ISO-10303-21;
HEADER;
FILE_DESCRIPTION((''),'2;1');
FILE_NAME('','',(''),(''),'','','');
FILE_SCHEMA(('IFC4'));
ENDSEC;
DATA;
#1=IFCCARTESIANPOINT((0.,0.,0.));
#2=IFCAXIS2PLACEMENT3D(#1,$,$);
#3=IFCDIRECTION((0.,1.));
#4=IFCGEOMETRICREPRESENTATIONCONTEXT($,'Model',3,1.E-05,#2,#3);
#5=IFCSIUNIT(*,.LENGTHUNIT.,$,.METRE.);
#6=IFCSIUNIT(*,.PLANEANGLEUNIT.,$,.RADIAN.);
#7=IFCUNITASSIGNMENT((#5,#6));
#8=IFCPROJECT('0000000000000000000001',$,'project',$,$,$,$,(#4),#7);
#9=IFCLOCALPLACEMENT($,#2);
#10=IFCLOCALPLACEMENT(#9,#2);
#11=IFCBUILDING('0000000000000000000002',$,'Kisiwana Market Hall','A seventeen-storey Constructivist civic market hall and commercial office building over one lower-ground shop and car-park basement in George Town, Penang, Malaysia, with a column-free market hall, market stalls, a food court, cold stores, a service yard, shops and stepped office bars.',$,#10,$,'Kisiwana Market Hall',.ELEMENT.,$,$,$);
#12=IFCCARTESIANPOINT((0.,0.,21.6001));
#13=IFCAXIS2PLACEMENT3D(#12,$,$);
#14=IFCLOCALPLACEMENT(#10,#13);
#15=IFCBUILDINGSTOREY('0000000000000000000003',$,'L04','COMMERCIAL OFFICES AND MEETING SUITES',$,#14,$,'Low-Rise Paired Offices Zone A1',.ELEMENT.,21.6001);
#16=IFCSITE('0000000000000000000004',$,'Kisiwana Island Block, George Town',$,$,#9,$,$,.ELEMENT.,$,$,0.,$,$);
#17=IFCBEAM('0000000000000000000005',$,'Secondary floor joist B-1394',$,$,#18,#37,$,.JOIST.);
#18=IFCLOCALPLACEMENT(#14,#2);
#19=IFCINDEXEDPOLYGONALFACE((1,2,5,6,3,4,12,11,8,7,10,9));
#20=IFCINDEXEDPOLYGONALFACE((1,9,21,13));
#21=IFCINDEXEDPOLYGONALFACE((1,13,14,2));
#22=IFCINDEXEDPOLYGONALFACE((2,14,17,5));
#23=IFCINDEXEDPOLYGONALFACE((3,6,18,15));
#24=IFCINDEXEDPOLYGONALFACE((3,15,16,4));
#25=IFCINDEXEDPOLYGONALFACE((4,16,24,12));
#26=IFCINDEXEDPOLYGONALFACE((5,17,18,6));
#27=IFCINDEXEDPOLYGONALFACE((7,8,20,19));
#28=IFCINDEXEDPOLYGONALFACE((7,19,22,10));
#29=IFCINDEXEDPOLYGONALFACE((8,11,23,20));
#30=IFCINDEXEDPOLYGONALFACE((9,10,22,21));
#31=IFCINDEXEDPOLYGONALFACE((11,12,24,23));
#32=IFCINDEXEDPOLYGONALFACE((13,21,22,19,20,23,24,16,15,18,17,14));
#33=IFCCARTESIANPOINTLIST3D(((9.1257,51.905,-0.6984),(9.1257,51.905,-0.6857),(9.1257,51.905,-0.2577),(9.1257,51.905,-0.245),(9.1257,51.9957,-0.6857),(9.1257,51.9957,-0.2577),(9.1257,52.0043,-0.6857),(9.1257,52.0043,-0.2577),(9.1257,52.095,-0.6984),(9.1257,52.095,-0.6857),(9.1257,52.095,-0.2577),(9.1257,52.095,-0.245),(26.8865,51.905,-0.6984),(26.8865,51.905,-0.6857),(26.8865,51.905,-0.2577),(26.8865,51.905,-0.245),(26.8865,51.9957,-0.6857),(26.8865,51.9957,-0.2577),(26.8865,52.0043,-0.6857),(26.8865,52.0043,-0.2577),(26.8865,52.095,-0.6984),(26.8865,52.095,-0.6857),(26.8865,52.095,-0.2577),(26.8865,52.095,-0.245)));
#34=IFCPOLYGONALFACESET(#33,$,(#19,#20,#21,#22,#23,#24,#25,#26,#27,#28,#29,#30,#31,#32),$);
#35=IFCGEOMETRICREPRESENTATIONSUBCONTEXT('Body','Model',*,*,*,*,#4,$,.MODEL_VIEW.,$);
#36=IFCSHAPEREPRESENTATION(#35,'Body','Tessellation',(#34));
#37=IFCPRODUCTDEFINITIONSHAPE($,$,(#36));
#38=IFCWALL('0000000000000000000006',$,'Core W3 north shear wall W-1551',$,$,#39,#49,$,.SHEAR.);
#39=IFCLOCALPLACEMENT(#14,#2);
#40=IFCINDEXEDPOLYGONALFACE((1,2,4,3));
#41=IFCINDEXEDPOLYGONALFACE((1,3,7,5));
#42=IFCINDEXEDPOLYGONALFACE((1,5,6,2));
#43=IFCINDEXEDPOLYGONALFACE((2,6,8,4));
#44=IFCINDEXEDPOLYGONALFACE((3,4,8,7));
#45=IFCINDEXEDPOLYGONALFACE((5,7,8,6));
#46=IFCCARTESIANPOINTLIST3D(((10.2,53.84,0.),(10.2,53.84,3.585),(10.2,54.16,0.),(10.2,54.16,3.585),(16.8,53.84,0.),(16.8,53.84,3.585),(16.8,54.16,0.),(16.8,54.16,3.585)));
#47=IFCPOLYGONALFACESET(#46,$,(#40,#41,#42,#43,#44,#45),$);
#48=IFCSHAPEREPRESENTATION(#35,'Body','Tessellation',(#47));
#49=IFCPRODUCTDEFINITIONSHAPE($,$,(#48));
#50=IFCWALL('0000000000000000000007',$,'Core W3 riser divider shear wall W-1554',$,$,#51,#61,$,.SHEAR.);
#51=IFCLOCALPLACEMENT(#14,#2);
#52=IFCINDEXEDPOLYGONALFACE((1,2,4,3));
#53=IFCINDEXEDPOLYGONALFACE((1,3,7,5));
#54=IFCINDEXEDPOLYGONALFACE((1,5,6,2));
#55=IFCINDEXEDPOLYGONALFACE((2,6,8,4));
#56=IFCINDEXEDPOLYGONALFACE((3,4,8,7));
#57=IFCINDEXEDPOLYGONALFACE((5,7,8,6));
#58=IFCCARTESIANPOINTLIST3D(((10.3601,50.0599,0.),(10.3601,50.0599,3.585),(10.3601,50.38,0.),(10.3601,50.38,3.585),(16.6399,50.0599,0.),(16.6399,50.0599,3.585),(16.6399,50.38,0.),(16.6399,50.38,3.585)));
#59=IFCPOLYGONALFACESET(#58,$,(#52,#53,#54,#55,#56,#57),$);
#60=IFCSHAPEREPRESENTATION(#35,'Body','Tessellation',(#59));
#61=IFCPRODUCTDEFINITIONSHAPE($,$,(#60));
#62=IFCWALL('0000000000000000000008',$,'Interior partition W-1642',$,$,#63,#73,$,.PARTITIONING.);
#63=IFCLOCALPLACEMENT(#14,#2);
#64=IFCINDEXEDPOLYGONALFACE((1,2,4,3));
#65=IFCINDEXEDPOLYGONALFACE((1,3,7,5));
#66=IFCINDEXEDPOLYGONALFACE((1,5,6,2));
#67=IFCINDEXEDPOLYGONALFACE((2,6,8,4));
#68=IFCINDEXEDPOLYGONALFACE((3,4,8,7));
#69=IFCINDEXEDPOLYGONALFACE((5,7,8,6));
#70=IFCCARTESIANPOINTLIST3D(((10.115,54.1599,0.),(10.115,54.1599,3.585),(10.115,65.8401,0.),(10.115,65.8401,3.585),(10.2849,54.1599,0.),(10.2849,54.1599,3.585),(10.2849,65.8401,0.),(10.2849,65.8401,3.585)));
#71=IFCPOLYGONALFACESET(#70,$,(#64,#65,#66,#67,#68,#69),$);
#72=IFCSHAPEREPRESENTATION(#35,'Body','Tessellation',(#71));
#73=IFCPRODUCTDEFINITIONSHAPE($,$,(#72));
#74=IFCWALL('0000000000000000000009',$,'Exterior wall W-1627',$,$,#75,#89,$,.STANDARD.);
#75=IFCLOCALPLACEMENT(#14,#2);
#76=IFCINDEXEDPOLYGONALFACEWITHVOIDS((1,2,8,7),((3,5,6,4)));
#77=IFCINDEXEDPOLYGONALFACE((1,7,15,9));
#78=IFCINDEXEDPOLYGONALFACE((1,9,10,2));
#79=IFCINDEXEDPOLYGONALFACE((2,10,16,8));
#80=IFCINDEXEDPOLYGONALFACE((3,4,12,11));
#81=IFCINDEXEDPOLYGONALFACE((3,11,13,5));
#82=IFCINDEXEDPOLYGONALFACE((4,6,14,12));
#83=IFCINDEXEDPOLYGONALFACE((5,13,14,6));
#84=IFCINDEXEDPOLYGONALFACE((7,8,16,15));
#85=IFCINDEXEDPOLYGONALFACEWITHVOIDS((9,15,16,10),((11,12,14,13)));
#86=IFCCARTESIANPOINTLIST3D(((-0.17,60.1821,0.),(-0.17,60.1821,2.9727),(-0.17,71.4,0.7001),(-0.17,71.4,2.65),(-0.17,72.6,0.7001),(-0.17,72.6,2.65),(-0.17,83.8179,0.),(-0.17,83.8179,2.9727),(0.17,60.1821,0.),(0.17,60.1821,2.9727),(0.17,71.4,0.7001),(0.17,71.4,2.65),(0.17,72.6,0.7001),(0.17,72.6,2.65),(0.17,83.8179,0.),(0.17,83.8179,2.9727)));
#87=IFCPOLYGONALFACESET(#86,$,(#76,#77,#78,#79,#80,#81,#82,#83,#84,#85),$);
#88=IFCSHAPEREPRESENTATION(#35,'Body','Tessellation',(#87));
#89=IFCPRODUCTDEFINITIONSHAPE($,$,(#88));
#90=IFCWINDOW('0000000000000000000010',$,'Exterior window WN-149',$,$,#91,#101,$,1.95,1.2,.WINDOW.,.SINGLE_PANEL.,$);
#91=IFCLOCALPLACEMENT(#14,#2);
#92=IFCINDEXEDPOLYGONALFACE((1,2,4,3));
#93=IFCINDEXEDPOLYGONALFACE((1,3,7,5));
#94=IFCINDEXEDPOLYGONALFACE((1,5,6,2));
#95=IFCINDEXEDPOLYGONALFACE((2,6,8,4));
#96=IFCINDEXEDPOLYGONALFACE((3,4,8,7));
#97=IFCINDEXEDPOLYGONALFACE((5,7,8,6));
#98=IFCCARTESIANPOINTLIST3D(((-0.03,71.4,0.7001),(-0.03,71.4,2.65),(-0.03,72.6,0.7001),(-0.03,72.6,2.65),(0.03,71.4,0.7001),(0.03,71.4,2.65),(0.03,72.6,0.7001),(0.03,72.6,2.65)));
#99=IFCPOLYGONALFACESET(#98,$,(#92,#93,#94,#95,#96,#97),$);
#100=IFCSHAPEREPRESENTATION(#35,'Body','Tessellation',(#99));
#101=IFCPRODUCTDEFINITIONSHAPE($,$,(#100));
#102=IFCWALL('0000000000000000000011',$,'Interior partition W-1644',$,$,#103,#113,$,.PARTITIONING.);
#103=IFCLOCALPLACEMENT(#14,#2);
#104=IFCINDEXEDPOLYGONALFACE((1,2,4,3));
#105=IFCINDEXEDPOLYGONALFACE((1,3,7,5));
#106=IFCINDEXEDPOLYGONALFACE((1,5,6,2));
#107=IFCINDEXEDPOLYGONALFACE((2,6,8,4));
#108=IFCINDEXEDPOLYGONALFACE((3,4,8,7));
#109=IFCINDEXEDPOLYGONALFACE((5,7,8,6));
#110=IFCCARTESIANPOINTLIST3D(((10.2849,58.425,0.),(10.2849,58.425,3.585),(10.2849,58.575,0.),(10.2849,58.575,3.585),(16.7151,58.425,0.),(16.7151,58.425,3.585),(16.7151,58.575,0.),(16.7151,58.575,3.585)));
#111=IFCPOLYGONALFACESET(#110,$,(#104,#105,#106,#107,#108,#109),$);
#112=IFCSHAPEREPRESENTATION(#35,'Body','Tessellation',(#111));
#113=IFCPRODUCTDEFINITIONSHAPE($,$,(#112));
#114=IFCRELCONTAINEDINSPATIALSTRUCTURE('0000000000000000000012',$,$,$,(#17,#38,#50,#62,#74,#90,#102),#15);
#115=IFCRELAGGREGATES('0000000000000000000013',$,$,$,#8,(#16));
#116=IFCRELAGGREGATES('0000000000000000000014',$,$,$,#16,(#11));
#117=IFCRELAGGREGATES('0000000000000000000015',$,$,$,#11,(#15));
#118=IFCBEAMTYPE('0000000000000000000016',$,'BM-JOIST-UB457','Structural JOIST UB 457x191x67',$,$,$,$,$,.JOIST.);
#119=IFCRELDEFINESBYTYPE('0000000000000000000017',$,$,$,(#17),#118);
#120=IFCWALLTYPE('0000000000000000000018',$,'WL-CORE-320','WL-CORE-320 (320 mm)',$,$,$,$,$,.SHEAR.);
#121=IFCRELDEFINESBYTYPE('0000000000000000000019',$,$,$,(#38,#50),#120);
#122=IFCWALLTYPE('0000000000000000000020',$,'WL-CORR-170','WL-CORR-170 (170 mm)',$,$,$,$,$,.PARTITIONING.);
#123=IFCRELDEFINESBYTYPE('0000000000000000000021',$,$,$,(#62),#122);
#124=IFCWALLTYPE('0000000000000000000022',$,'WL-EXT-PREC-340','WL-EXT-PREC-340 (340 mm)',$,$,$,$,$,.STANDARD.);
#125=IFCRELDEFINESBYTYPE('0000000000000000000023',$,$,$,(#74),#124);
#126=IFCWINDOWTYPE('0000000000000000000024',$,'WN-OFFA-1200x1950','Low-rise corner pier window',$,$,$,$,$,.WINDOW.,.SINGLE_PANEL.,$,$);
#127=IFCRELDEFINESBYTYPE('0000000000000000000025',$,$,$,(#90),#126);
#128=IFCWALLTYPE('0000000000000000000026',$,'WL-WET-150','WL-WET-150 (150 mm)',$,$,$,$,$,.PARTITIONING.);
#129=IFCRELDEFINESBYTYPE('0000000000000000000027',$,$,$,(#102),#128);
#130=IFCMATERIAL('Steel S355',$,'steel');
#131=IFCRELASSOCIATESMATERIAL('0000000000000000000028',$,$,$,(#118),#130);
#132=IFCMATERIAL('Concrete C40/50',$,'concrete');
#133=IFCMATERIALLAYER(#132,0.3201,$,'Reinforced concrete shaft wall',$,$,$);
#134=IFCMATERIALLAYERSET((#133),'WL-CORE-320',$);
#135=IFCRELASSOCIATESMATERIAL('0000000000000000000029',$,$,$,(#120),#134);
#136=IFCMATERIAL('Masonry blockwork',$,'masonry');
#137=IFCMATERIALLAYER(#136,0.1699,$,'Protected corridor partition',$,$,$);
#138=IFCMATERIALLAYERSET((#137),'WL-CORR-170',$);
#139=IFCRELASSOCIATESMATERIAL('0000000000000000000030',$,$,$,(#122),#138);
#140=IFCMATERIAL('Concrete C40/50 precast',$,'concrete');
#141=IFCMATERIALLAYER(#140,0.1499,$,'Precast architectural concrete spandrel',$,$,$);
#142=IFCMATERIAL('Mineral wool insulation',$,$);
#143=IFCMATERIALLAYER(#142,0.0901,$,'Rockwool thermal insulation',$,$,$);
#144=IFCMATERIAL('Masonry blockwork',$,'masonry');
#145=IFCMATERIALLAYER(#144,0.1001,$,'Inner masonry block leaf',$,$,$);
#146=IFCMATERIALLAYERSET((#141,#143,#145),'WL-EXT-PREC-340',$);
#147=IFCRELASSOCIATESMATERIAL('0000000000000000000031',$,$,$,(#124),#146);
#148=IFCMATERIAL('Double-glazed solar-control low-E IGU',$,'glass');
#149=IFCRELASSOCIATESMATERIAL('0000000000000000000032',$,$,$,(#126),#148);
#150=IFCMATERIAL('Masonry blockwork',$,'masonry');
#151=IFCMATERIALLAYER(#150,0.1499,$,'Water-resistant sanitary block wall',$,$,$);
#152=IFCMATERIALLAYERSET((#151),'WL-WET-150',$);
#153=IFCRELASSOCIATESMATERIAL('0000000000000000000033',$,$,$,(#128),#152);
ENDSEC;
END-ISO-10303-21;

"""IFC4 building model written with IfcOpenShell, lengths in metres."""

from ifc_helpers import new_model, si_unit, direction, frame, frame_2d, origin, origin_2d, place, context, subcontext, project, spatial, rectangle, i_section, extrude, material, layer, layer_set, material_profile, profile_set, type_object, element, fill, save


model = new_model("IFC4")

# Units and contexts
model_context = context("Model", 3, precision=1e-05, world=origin(), true_north=direction((0.0, 1.0)))
body_context = subcontext(model_context, "Body", "Model", "MODEL_VIEW")
ifc_project = project(units=[si_unit("LENGTHUNIT", "METRE"), si_unit("PLANEANGLEUNIT", "RADIAN")], contexts=[model_context])

# Site, building, storey
site_placement = place(None, origin())
site = spatial("IfcSite", under=ifc_project, at=site_placement, Name="Kisiwana Island Block, George Town", CompositionType="ELEMENT", RefElevation=0.0)
building_placement = place(site_placement, origin())
building = spatial("IfcBuilding", under=site, at=building_placement, Name="Kisiwana Market Hall", Description="A seventeen-storey Constructivist civic market hall and commercial office building over one lower-ground shop and car-park basement in George Town, Penang, Malaysia, with a column-free market hall, market stalls, a food court, cold stores, a service yard, shops and stepped office bars.", LongName="Kisiwana Market Hall", CompositionType="ELEMENT")
storey_placement = place(building_placement, frame((0.0, 0.0, 21.6001)))
storey = spatial("IfcBuildingStorey", under=building, at=storey_placement, Name="L04", Description="COMMERCIAL OFFICES AND MEETING SUITES", LongName="Low-Rise Paired Offices Zone A1", CompositionType="ELEMENT", Elevation=21.6001)

# Beam
ifc_material_1 = material(Name="Steel S355", Category="steel")
ifc_material_profile_1 = material_profile(ifc_material_1, i_section(OverallWidth=0.1899, OverallDepth=0.4534, WebThickness=0.0085, FlangeThickness=0.0127, at=origin_2d()), Name="UB 457x191x67")
ifc_profile_set_1 = profile_set([ifc_material_profile_1], Name="Steel S355")
beam_type_1 = type_object("IfcBeamType", Name="BM-JOIST-UB457", Description="Structural JOIST UB 457x191x67", PredefinedType="JOIST", material=ifc_profile_set_1)
beam_1_placement = place(storey_placement, frame((9.1257, 52.0, -0.4717), z_axis=(1.0, 0.0, 0.0), x_axis=(0.0, 1.0, 0.0)))
element("IfcBeam", 1, at=beam_1_placement, inside=storey, type_object=beam_type_1, Name="Secondary floor joist B-1394", PredefinedType="JOIST", context=body_context, shape_type="SweptSolid", body=[
    extrude(i_section(OverallWidth=0.1899, OverallDepth=0.4534, WebThickness=0.0085, FlangeThickness=0.0127, at=origin_2d()), origin(), (0.0, 0.0, 1.0), 17.7607),
])

# Walls
ifc_material_2 = material(Name="Concrete C40/50", Category="concrete")
ifc_layer_1 = layer(ifc_material_2, 0.3201, Name="Reinforced concrete shaft wall")
ifc_layer_set_1 = layer_set([ifc_layer_1], Name="WL-CORE-320")
wall_type_1 = type_object("IfcWallType", Name="WL-CORE-320", Description="WL-CORE-320 (320 mm)", PredefinedType="SHEAR", material=ifc_layer_set_1)
wall_1_placement = place(storey_placement, frame((10.2, 54.0, 0.0), z_axis=(0.0, 0.0, 1.0), x_axis=(1.0, 0.0, 0.0)))
element("IfcWall", 2, at=wall_1_placement, inside=storey, type_object=wall_type_1, Name="Core W3 north shear wall W-1551", PredefinedType="SHEAR", context=body_context, shape_type="SweptSolid", body=[
    extrude(rectangle(XDim=6.6001, YDim=0.3201, at=frame_2d((3.3, 0.0))), origin(), (0.0, 0.0, 1.0), 3.585),
])
wall_2_placement = place(storey_placement, frame((10.3601, 50.22, 0.0), z_axis=(0.0, 0.0, 1.0), x_axis=(1.0, 0.0, 0.0)))
element("IfcWall", 3, at=wall_2_placement, inside=storey, type_object=wall_type_1, Name="Core W3 riser divider shear wall W-1554", PredefinedType="SHEAR", context=body_context, shape_type="SweptSolid", body=[
    extrude(rectangle(XDim=6.2798, YDim=0.3201, at=frame_2d((3.1399, 0.0))), origin(), (0.0, 0.0, 1.0), 3.585),
])
ifc_material_3 = material(Name="Masonry blockwork", Category="masonry")
ifc_layer_2 = layer(ifc_material_3, 0.1699, Name="Protected corridor partition")
ifc_layer_set_2 = layer_set([ifc_layer_2], Name="WL-CORR-170")
wall_type_2 = type_object("IfcWallType", Name="WL-CORR-170", Description="WL-CORR-170 (170 mm)", PredefinedType="PARTITIONING", material=ifc_layer_set_2)
wall_3_placement = place(storey_placement, frame((10.2, 54.1599, 0.0), z_axis=(0.0, 0.0, 1.0), x_axis=(0.0, 1.0, 0.0)))
element("IfcWall", 4, at=wall_3_placement, inside=storey, type_object=wall_type_2, Name="Interior partition W-1642", PredefinedType="PARTITIONING", context=body_context, shape_type="SweptSolid", body=[
    extrude(rectangle(XDim=11.6802, YDim=0.1699, at=frame_2d((5.8401, 0.0))), origin(), (0.0, 0.0, 1.0), 3.585),
])

# Wall, opening, window
ifc_material_4 = material(Name="Concrete C40/50 precast", Category="concrete")
ifc_layer_3 = layer(ifc_material_4, 0.1499, Name="Precast architectural concrete spandrel")
ifc_material_5 = material(Name="Mineral wool insulation")
ifc_layer_4 = layer(ifc_material_5, 0.0901, Name="Rockwool thermal insulation")
ifc_material_6 = material(Name="Masonry blockwork", Category="masonry")
ifc_layer_5 = layer(ifc_material_6, 0.1001, Name="Inner masonry block leaf")
ifc_layer_set_3 = layer_set([ifc_layer_3, ifc_layer_4, ifc_layer_5], Name="WL-EXT-PREC-340")
wall_type_3 = type_object("IfcWallType", Name="WL-EXT-PREC-340", Description="WL-EXT-PREC-340 (340 mm)", PredefinedType="STANDARD", material=ifc_layer_set_3)
wall_4_placement = place(storey_placement, frame((0.0, 60.1821, 0.0), z_axis=(0.0, 0.0, 1.0), x_axis=(0.0, 1.0, 0.0)))
wall_4 = element("IfcWall", 5, at=wall_4_placement, inside=storey, type_object=wall_type_3, Name="Exterior wall W-1627", PredefinedType="STANDARD", context=body_context, shape_type="SweptSolid", body=[
    extrude(rectangle(XDim=23.6357, YDim=0.3401, at=frame_2d((11.8179, 0.0))), origin(), (0.0, 0.0, 1.0), 2.9727),
])
opening_placement = place(wall_4_placement, frame((11.2178, 0.0, 0.7)))
opening = element("IfcOpeningElement", 6, at=opening_placement, cuts=wall_4, PredefinedType="OPENING", context=body_context, shape_type="SweptSolid", body=[
    extrude(rectangle(XDim=1.2, YDim=1.95, at=frame_2d((0.6001, 0.9751))), frame((0.0, 0.1821, 0.0), z_axis=(0.0, -1.0, 0.0), x_axis=(1.0, 0.0, 0.0)), (0.0, 0.0, 1.0), 0.364),
])
ifc_material_7 = material(Name="Double-glazed solar-control low-E IGU", Category="glass")
window_type = type_object("IfcWindowType", Name="WN-OFFA-1200x1950", Description="Low-rise corner pier window", PartitioningType="SINGLE_PANEL", PredefinedType="WINDOW", material=ifc_material_7)
window_placement = place(opening_placement, origin())
window = element("IfcWindow", 7, at=window_placement, inside=storey, type_object=window_type, Name="Exterior window WN-149", OverallHeight=1.95, OverallWidth=1.2, PartitioningType="SINGLE_PANEL", PredefinedType="WINDOW", context=body_context, shape_type="SweptSolid", body=[
    extrude(rectangle(XDim=1.2, YDim=1.95, at=frame_2d((0.6001, 0.9751))), frame((0.0, 0.03, 0.0), z_axis=(0.0, -1.0, 0.0), x_axis=(1.0, 0.0, 0.0)), (0.0, 0.0, 1.0), 0.0601),
])
fill(opening, window)

# Wall
ifc_material_8 = material(Name="Masonry blockwork", Category="masonry")
ifc_layer_6 = layer(ifc_material_8, 0.1499, Name="Water-resistant sanitary block wall")
ifc_layer_set_4 = layer_set([ifc_layer_6], Name="WL-WET-150")
wall_type_4 = type_object("IfcWallType", Name="WL-WET-150", Description="WL-WET-150 (150 mm)", PredefinedType="PARTITIONING", material=ifc_layer_set_4)
wall_5_placement = place(storey_placement, frame((10.2849, 58.5, 0.0), z_axis=(0.0, 0.0, 1.0), x_axis=(1.0, 0.0, 0.0)))
element("IfcWall", 8, at=wall_5_placement, inside=storey, type_object=wall_type_4, Name="Interior partition W-1644", PredefinedType="PARTITIONING", context=body_context, shape_type="SweptSolid", body=[
    extrude(rectangle(XDim=6.4302, YDim=0.1499, at=frame_2d((3.2151, 0.0))), origin(), (0.0, 0.0, 1.0), 3.585),
])

save(model, "model.ifc")
